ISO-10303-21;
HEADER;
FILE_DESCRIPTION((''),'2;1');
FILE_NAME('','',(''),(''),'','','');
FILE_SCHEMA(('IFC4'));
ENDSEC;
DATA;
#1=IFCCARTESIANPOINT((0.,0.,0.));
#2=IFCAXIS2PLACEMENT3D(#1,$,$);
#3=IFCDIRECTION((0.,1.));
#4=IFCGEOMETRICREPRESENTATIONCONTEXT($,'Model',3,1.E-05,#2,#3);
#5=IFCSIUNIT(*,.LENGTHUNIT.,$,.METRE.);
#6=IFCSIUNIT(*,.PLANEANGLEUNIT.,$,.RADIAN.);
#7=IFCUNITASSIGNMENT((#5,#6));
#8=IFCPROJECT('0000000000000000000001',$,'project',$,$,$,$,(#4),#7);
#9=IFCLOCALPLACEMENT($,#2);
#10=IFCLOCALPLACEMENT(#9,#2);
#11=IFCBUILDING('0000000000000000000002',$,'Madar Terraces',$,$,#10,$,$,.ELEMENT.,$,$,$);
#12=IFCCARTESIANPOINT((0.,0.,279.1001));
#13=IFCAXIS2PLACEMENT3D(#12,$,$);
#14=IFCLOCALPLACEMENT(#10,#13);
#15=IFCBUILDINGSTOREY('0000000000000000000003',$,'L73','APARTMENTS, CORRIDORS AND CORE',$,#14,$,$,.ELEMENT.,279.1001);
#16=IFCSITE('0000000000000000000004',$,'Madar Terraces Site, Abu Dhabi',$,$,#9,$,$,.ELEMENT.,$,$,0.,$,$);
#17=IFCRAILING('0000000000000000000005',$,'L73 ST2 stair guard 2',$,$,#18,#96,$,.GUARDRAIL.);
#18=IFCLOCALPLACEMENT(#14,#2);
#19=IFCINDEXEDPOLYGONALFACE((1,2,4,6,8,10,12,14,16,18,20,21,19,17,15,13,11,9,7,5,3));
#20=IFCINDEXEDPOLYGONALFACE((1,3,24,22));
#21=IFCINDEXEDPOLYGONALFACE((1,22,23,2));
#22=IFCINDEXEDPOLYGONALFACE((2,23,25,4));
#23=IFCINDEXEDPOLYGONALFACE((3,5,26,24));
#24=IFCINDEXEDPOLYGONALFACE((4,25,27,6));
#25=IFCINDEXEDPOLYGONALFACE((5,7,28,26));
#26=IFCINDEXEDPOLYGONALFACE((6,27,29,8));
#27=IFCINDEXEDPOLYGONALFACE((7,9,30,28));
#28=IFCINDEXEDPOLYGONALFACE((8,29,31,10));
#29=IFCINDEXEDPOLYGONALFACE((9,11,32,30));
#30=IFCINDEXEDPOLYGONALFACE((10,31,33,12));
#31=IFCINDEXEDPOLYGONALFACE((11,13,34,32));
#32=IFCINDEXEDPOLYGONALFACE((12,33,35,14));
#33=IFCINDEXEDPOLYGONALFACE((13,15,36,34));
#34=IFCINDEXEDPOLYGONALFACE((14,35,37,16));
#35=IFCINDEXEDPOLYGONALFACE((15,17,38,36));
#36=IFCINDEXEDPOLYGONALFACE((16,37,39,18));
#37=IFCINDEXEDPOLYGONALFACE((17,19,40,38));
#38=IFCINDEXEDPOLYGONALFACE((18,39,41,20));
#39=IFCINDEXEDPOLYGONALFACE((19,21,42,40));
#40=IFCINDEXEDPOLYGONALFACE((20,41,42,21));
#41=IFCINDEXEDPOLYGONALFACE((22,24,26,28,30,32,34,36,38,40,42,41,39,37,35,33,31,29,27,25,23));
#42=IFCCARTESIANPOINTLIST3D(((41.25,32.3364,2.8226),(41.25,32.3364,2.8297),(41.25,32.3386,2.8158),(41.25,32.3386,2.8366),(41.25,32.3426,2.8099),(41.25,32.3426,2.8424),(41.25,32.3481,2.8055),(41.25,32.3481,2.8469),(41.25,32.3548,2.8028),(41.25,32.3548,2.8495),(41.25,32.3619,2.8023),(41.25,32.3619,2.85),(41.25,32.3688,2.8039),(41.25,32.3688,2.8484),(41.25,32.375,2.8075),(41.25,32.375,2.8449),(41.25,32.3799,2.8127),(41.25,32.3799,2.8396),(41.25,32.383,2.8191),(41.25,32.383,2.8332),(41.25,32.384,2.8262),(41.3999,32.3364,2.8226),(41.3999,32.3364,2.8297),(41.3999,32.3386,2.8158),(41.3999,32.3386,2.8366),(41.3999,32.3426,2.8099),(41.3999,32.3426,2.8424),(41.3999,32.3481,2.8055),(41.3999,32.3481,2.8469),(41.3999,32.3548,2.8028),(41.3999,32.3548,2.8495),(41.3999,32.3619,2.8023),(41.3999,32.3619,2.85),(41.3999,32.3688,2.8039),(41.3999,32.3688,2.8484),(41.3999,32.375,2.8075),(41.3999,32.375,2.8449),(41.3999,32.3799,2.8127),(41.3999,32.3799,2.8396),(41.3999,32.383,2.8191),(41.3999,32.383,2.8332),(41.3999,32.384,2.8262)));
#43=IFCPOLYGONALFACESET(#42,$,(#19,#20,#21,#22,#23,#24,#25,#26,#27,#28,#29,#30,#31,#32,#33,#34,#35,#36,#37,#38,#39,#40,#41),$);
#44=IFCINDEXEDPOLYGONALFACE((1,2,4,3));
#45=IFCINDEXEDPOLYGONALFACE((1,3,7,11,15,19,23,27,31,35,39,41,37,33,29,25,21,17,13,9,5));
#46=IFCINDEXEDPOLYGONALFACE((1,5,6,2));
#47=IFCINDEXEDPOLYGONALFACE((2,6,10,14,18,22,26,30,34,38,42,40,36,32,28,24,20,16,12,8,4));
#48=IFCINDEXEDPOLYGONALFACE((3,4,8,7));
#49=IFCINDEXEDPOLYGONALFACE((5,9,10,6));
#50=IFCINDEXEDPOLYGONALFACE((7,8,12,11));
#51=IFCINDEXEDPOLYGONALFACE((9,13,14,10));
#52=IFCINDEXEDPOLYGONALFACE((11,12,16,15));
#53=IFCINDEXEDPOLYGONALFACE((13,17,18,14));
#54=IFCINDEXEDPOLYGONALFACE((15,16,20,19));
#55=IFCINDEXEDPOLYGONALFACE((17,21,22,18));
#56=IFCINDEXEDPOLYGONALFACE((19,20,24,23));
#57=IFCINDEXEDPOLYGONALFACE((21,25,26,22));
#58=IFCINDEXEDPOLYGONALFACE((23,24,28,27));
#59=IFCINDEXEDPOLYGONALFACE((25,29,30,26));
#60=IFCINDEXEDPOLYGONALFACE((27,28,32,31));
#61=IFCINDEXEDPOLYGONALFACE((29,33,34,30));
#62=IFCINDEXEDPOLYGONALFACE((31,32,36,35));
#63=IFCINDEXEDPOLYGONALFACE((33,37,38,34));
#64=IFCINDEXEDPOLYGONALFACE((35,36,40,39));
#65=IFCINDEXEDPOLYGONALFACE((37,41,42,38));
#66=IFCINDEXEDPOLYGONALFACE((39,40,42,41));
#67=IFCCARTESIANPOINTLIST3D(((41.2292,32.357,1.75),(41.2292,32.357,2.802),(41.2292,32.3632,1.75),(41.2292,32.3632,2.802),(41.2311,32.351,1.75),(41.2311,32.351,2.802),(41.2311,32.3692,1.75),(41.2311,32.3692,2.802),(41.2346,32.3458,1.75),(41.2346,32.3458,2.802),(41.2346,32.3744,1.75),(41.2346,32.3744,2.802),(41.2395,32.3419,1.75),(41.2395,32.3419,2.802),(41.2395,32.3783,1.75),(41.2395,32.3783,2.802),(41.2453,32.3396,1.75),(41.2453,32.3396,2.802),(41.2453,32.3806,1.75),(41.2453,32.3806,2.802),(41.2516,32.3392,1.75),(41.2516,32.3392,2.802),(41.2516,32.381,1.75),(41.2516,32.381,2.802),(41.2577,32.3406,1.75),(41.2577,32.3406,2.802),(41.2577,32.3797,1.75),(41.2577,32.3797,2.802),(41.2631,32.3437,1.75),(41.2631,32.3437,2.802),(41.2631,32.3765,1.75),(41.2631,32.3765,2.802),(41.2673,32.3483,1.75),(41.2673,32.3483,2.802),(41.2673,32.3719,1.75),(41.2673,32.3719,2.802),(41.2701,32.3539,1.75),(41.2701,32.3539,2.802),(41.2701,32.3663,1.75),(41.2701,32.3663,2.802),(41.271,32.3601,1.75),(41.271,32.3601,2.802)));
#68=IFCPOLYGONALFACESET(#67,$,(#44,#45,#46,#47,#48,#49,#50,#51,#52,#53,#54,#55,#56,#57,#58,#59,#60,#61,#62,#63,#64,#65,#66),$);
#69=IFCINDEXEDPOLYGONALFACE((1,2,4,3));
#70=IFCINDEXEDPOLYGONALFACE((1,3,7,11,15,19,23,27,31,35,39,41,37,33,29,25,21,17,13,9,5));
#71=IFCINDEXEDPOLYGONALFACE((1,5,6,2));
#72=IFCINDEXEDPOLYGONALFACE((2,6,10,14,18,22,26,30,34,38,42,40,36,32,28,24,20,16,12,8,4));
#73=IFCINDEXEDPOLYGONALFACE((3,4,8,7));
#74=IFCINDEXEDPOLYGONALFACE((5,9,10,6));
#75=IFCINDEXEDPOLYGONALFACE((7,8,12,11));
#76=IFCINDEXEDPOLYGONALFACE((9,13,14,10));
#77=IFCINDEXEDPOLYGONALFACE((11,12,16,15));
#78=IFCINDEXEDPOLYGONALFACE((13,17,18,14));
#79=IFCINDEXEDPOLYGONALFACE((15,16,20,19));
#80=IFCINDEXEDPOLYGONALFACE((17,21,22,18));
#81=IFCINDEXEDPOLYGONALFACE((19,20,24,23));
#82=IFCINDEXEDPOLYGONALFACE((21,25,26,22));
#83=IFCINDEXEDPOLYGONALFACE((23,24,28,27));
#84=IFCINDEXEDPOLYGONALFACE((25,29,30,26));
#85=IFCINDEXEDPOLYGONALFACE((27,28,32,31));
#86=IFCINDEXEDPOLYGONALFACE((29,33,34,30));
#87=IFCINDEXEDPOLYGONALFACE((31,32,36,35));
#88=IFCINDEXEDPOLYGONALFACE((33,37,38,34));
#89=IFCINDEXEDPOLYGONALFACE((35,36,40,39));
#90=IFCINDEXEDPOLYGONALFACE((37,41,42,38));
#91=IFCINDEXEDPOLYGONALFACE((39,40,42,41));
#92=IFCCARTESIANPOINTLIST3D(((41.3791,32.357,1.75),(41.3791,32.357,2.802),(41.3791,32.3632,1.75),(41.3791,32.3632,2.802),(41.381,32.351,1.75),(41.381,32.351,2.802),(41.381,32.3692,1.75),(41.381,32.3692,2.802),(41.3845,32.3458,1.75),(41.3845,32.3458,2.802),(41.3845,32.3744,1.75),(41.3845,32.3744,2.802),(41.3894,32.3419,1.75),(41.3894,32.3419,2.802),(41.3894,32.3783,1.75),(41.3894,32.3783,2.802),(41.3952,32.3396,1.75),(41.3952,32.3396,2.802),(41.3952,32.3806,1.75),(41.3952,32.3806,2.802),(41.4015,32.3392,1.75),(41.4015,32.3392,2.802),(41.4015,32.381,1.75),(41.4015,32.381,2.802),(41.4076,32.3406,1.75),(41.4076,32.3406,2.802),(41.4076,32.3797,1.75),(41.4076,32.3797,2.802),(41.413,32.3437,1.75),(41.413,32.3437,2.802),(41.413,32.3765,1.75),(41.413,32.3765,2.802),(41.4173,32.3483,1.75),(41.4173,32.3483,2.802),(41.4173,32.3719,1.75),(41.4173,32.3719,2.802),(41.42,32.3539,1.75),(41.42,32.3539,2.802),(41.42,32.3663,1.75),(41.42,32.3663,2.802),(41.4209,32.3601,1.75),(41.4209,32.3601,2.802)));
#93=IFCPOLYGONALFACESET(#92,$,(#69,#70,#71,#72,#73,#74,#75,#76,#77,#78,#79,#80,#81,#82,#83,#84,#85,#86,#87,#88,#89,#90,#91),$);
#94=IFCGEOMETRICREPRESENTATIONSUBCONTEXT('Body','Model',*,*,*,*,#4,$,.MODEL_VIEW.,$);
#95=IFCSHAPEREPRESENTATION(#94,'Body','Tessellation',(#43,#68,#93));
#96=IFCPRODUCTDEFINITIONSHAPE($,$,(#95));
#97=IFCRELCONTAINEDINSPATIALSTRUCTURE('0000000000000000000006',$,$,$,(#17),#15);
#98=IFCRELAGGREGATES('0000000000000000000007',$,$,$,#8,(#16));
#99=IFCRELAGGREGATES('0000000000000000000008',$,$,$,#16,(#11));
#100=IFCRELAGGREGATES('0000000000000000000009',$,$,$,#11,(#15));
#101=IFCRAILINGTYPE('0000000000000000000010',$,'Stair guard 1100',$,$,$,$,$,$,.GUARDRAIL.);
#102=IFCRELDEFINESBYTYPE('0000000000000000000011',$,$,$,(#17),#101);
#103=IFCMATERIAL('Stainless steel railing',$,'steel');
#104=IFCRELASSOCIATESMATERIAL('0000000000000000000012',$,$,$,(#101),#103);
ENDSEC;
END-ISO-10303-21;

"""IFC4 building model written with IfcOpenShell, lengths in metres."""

from ifc_helpers import new_model, si_unit, direction, frame, origin, origin_2d, place, context, subcontext, project, spatial, circle, extrude, material, type_object, element, save


model = new_model("IFC4")

# Units and contexts
model_context = context("Model", 3, precision=1e-05, world=origin(), true_north=direction((0.0, 1.0)))
body_context = subcontext(model_context, "Body", "Model", "MODEL_VIEW")
ifc_project = project(units=[si_unit("LENGTHUNIT", "METRE"), si_unit("PLANEANGLEUNIT", "RADIAN")], contexts=[model_context])

# Site, building, storey
site_placement = place(None, origin())
site = spatial("IfcSite", under=ifc_project, at=site_placement, Name="Madar Terraces Site, Abu Dhabi", CompositionType="ELEMENT", RefElevation=0.0)
building_placement = place(site_placement, origin())
building = spatial("IfcBuilding", under=site, at=building_placement, Name="Madar Terraces", CompositionType="ELEMENT")
storey_placement = place(building_placement, frame((0.0, 0.0, 279.1001)))
storey = spatial("IfcBuildingStorey", under=building, at=storey_placement, Name="L73", Description="APARTMENTS, CORRIDORS AND CORE", CompositionType="ELEMENT", Elevation=279.1001)

# Railing
ifc_material_1 = material(Name="Stainless steel railing", Category="steel")
railing_type_1 = type_object("IfcRailingType", Name="Stair guard 1100", PredefinedType="GUARDRAIL", material=ifc_material_1)
railing_1_placement = place(storey_placement, frame((41.25, 32.3601, 1.75)))
element("IfcRailing", 1, at=railing_1_placement, inside=storey, type_object=railing_type_1, Name="L73 ST2 stair guard 2", PredefinedType="GUARDRAIL", context=body_context, shape_type="SweptSolid", body=[
    extrude(circle(Radius=0.0239, at=origin_2d()), frame((0.0, 0.0, 1.0762), z_axis=(1.0, 0.0, 0.0), x_axis=(0.0, 1.0, 0.0)), (0.0, 0.0, 1.0), 0.1499),
    extrude(circle(Radius=0.021, at=origin_2d()), origin(), (0.0, 0.0, 1.0), 1.052),
    extrude(circle(Radius=0.021, at=origin_2d()), frame((0.1499, 0.0, 0.0)), (0.0, 0.0, 1.0), 1.052),
])

save(model, "model.ifc")
